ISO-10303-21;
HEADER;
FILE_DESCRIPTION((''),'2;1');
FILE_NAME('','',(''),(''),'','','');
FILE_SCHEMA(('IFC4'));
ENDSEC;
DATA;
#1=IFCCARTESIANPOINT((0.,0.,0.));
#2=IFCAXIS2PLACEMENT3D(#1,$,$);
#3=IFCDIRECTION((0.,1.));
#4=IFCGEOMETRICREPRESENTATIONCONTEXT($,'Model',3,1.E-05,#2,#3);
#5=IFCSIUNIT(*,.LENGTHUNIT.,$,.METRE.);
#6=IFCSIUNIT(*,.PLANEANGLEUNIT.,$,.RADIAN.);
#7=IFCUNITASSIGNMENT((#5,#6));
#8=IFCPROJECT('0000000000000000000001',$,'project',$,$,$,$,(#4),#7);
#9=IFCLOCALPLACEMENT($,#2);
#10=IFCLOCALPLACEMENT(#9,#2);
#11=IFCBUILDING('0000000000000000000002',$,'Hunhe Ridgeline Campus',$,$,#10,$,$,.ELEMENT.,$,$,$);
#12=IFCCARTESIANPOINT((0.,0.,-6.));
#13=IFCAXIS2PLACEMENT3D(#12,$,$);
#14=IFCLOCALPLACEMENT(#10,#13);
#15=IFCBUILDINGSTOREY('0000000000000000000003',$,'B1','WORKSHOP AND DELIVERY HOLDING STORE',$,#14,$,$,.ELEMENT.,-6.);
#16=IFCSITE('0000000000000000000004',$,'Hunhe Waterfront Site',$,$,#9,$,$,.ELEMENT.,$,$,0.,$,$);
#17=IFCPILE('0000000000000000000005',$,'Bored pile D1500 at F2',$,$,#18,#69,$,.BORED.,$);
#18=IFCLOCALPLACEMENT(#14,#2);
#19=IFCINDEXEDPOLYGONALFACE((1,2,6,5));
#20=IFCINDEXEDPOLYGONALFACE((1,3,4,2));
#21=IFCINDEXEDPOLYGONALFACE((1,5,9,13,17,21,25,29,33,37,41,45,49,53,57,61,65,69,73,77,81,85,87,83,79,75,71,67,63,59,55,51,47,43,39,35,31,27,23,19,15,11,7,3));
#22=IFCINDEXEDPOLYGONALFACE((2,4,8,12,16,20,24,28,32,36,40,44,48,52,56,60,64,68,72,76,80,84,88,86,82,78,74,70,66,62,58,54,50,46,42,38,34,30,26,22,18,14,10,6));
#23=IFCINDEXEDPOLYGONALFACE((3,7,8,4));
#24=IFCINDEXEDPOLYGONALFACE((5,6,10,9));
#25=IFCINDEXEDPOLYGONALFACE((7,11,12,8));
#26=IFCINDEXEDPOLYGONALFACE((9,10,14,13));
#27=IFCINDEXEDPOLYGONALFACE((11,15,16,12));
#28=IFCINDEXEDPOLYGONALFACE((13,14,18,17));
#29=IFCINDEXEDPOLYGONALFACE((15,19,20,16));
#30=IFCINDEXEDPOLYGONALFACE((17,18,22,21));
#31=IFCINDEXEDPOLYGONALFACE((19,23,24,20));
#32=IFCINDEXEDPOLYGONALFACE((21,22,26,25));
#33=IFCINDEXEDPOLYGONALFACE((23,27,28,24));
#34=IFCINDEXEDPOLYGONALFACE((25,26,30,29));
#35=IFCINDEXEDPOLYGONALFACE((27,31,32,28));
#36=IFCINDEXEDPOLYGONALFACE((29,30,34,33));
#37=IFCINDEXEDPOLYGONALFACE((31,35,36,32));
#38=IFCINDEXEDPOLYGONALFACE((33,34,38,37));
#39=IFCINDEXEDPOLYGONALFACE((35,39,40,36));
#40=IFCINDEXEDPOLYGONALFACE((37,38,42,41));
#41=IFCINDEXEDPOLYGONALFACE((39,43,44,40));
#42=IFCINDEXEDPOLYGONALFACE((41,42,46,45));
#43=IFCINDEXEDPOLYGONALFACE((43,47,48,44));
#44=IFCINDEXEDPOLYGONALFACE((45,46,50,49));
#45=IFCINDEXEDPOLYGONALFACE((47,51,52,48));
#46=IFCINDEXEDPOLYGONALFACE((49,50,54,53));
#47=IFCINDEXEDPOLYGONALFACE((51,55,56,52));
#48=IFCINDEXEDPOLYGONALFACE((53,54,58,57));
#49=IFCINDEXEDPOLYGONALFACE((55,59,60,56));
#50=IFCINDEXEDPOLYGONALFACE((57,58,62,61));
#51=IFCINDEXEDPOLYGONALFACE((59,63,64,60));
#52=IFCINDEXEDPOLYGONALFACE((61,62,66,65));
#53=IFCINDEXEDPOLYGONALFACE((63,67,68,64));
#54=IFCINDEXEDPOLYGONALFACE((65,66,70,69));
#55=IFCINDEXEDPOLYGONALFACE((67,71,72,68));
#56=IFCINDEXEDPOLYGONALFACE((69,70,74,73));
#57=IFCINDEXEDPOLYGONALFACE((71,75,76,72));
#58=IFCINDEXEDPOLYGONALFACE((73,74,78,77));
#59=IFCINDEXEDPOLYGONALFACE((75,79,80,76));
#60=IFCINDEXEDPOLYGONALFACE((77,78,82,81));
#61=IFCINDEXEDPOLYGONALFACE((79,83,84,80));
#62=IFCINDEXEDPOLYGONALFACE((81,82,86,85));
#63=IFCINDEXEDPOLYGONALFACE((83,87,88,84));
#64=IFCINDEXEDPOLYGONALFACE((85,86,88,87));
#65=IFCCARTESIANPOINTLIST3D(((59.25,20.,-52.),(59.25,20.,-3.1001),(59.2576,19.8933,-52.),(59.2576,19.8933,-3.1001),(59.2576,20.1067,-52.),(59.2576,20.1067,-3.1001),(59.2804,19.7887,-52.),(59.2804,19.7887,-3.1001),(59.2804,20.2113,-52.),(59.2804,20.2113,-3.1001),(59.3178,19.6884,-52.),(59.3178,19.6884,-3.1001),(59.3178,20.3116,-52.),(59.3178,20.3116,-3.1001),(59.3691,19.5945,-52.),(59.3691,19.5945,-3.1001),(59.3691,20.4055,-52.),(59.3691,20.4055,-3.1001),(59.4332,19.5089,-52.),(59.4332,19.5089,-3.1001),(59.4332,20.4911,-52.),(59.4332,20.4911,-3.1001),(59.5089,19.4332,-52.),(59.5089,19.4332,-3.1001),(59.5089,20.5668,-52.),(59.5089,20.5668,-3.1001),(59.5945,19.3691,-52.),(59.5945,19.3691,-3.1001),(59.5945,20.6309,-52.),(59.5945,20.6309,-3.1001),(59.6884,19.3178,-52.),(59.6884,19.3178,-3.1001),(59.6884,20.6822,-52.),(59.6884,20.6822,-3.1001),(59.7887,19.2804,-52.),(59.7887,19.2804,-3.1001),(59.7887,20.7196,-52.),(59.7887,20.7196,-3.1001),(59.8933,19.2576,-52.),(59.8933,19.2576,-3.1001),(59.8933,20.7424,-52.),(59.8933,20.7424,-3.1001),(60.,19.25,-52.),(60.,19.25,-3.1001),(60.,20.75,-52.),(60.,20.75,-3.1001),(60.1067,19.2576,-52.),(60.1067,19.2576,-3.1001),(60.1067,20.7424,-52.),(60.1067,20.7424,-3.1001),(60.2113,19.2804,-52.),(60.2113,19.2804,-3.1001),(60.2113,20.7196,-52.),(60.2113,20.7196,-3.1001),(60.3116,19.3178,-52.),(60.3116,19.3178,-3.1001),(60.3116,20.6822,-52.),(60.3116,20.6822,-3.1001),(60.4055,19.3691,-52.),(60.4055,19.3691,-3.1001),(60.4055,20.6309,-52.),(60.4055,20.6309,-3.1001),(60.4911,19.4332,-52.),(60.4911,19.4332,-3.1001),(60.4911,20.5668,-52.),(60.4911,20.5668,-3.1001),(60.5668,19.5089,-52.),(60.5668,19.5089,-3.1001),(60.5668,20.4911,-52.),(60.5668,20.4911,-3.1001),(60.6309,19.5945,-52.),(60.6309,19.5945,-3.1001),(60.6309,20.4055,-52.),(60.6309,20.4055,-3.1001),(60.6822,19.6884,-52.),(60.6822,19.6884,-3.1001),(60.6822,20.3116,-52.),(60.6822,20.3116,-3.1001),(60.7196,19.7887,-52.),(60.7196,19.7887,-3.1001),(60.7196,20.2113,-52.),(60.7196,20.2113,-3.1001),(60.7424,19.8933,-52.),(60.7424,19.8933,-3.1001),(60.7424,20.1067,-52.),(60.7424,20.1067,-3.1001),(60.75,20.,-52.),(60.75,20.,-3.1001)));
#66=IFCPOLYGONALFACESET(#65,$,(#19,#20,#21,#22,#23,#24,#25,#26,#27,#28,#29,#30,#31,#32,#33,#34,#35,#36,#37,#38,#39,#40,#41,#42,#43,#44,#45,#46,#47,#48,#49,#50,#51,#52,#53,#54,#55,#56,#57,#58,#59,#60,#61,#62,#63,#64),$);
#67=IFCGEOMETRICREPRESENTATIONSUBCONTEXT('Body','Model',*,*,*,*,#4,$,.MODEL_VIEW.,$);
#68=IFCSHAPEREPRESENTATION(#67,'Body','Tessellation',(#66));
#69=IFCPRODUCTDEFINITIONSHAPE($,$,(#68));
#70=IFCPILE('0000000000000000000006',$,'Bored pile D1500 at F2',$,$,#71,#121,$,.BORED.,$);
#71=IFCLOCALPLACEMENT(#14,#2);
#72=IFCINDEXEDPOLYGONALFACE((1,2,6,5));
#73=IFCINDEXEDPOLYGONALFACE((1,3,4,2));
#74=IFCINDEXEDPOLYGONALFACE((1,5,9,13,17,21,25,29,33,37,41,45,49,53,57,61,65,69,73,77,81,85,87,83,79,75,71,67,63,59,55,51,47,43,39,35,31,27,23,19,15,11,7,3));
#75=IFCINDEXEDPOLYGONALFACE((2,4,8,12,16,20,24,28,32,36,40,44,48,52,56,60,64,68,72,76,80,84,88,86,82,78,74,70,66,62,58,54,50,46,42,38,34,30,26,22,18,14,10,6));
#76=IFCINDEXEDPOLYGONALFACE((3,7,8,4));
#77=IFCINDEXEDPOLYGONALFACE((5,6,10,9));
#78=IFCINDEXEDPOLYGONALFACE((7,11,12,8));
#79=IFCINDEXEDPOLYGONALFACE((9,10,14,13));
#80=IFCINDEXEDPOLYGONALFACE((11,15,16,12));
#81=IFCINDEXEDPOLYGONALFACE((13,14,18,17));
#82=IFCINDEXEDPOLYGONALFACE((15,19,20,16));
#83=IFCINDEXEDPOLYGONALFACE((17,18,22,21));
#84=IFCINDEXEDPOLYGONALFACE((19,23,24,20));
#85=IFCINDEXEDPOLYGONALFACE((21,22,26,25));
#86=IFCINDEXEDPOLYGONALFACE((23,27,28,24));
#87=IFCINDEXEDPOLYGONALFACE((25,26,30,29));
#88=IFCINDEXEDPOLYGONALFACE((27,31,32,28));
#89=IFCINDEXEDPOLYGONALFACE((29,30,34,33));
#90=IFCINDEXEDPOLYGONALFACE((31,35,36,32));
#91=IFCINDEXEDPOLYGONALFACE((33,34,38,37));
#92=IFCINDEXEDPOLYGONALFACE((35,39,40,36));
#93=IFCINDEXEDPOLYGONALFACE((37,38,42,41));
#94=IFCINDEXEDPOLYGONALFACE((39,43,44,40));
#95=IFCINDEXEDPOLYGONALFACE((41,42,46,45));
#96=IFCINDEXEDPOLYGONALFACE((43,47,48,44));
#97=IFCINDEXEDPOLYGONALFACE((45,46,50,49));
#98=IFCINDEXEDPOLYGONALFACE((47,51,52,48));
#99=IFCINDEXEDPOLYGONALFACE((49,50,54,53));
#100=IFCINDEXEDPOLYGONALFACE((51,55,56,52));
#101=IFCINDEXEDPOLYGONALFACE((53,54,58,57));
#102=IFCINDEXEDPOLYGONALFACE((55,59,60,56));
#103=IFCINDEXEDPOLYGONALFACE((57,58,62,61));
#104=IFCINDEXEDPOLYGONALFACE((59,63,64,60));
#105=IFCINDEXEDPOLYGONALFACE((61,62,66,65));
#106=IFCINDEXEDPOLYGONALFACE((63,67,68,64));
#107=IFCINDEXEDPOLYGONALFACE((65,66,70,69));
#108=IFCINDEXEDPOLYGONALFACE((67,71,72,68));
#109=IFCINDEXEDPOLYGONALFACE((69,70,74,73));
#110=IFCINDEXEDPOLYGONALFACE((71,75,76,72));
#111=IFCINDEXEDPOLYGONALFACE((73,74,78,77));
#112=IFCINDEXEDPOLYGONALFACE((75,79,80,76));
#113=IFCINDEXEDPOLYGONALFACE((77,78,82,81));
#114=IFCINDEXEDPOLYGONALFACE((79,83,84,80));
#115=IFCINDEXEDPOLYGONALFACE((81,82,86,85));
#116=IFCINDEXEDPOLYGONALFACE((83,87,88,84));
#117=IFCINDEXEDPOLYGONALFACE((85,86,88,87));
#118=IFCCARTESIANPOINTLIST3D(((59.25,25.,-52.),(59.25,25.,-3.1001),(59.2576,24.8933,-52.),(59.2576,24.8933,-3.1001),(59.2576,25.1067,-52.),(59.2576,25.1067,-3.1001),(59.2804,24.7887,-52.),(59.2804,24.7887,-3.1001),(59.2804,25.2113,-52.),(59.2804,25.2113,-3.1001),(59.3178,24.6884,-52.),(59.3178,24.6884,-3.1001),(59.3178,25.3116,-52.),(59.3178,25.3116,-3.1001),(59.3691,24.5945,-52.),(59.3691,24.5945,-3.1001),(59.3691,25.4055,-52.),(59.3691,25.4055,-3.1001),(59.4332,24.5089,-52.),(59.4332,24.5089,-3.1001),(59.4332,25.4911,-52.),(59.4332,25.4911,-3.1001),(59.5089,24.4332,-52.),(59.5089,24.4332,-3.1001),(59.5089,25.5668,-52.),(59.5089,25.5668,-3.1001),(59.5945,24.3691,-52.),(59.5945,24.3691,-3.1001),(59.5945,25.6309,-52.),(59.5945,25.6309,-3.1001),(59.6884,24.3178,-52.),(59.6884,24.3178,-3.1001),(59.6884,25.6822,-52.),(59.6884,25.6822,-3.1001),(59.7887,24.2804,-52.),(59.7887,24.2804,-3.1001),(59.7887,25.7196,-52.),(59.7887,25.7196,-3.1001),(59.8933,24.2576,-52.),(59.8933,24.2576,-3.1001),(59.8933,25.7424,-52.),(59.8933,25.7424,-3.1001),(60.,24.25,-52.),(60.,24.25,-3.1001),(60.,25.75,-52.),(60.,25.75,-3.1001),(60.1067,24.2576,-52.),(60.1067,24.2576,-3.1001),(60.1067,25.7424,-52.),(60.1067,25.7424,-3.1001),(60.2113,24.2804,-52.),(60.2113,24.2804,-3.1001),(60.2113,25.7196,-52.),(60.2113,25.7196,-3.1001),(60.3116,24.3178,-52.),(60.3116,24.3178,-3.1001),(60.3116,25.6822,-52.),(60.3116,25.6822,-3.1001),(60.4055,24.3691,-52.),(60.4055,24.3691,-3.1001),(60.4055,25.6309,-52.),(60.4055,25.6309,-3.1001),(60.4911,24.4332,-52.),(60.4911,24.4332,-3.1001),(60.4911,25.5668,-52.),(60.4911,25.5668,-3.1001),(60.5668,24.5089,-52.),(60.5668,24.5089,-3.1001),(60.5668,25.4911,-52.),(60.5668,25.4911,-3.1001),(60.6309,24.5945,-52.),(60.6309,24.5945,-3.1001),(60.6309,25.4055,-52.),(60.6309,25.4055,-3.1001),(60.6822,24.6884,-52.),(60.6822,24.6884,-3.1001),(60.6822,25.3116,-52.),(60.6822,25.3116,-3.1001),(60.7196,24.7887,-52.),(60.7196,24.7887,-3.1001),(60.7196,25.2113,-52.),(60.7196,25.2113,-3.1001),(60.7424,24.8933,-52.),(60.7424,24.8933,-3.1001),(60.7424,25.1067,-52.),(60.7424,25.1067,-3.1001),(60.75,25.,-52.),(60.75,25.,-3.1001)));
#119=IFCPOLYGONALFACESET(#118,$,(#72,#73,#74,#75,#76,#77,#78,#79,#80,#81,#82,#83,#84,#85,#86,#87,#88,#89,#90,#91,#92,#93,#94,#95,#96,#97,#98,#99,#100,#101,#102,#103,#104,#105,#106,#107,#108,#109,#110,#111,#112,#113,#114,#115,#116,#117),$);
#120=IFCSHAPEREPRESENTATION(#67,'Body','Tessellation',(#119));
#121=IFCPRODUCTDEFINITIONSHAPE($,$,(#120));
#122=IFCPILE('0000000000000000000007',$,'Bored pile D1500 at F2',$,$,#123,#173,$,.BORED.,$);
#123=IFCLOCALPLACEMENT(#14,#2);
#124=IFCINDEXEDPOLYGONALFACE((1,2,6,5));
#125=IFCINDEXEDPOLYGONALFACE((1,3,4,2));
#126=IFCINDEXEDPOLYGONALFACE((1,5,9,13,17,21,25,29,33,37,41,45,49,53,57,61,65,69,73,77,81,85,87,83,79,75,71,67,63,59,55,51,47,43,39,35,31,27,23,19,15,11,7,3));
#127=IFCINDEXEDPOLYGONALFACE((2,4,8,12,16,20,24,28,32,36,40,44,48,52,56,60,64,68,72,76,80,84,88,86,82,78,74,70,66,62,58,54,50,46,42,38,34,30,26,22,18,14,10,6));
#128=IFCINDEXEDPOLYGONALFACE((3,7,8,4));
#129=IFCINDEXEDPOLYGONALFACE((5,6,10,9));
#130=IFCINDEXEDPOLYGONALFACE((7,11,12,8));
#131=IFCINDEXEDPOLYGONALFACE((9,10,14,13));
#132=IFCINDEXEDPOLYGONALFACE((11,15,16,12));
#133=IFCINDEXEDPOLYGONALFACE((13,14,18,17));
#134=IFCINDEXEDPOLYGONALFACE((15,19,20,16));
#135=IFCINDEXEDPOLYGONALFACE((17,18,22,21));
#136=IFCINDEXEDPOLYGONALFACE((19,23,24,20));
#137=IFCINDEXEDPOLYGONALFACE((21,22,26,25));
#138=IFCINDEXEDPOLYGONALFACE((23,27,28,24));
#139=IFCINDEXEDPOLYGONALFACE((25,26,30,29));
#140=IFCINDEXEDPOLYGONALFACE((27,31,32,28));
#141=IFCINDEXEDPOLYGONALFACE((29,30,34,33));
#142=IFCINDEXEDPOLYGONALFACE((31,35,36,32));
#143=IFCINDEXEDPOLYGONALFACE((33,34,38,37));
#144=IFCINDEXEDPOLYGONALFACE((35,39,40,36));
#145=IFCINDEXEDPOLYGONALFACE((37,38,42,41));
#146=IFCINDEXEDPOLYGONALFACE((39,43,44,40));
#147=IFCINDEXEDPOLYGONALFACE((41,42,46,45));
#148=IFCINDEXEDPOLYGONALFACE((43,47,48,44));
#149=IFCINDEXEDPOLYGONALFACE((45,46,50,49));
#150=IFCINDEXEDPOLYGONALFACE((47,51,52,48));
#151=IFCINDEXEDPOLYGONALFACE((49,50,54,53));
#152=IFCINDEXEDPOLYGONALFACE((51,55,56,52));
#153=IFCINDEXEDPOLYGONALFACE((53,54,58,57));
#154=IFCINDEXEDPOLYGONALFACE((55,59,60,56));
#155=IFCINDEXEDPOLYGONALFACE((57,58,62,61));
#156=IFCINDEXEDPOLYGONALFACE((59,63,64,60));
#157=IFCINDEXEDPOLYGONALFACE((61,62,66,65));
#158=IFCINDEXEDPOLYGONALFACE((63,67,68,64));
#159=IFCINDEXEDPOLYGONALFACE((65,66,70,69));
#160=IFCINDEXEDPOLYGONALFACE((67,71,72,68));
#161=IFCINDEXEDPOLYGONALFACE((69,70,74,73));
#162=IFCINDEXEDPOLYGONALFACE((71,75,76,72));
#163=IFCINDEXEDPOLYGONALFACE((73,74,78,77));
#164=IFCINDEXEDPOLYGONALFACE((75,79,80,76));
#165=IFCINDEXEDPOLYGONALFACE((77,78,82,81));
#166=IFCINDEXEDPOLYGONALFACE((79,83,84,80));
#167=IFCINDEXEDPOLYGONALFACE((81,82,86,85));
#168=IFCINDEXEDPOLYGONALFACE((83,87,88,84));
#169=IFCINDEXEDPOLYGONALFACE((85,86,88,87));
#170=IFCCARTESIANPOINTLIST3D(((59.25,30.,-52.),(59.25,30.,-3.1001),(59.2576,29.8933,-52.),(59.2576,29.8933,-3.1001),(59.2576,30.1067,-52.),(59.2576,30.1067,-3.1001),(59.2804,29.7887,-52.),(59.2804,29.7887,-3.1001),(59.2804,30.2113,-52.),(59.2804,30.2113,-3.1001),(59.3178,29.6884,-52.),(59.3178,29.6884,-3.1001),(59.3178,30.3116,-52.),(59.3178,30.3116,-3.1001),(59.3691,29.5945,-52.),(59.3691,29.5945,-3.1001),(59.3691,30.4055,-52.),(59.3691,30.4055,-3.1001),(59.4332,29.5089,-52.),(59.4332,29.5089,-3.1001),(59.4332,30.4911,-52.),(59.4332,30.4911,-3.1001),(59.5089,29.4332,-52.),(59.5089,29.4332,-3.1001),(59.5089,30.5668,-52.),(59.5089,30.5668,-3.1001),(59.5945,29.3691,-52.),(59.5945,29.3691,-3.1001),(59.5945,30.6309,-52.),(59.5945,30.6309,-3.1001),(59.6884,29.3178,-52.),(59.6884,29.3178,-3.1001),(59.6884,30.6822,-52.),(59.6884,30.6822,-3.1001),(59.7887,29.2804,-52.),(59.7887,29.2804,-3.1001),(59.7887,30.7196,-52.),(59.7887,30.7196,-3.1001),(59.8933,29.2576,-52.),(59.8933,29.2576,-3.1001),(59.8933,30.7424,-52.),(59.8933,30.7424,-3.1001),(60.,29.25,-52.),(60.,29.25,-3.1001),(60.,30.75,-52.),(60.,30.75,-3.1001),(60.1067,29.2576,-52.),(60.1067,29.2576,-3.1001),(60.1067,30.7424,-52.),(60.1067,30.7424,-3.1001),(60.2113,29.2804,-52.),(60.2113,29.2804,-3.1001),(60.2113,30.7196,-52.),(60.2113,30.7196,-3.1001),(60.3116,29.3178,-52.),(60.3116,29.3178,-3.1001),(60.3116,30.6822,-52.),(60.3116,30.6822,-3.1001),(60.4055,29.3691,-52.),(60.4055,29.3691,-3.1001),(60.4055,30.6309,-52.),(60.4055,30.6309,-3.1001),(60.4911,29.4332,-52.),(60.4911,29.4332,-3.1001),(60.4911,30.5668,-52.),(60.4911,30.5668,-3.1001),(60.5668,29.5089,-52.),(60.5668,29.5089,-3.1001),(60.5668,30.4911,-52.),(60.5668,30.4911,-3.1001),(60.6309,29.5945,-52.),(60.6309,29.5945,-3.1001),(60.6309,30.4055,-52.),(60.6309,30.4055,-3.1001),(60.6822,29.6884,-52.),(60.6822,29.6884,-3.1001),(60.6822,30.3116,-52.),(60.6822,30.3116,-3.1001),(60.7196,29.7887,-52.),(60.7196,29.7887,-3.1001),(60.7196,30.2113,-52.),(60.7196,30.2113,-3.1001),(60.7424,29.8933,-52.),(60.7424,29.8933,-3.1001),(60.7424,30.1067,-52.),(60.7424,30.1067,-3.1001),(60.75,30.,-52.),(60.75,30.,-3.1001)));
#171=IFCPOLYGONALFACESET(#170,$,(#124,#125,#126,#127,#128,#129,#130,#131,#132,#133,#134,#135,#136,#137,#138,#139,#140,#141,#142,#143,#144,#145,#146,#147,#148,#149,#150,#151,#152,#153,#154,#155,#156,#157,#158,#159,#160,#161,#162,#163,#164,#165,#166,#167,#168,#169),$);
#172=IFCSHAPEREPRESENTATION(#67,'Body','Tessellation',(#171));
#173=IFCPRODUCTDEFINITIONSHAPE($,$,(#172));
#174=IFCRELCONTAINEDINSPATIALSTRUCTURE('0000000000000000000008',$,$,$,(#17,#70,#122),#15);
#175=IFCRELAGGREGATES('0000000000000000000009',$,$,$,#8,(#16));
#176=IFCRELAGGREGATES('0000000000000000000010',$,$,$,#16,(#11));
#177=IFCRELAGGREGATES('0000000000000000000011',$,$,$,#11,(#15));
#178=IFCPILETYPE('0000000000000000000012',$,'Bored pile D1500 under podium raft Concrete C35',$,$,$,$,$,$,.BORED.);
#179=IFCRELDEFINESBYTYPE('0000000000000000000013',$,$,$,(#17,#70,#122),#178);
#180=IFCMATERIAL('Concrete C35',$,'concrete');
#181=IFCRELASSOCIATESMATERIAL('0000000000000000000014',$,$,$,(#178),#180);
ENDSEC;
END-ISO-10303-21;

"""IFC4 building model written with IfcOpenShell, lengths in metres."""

from ifc_helpers import new_model, si_unit, direction, frame, origin, origin_2d, place, context, subcontext, project, spatial, circle, extrude, material, material_profile, profile_set, type_object, element, save


model = new_model("IFC4")

# Units and contexts
model_context = context("Model", 3, precision=1e-05, world=origin(), true_north=direction((0.0, 1.0)))
body_context = subcontext(model_context, "Body", "Model", "MODEL_VIEW")
ifc_project = project(units=[si_unit("LENGTHUNIT", "METRE"), si_unit("PLANEANGLEUNIT", "RADIAN")], contexts=[model_context])

# Site, building, storey
site_placement = place(None, origin())
site = spatial("IfcSite", under=ifc_project, at=site_placement, Name="Hunhe Waterfront Site", CompositionType="ELEMENT", RefElevation=0.0)
building_placement = place(site_placement, origin())
building = spatial("IfcBuilding", under=site, at=building_placement, Name="Hunhe Ridgeline Campus", CompositionType="ELEMENT")
storey_placement = place(building_placement, frame((0.0, 0.0, -6.0)))
storey = spatial("IfcBuildingStorey", under=building, at=storey_placement, Name="B1", Description="WORKSHOP AND DELIVERY HOLDING STORE", CompositionType="ELEMENT", Elevation=-6.0)

# Piles
ifc_material_1 = material(Name="Concrete C35", Category="concrete")
ifc_material_profile_1 = material_profile(ifc_material_1, circle(Radius=0.75, at=origin_2d()))
ifc_profile_set_1 = profile_set([ifc_material_profile_1], Name="Concrete C35")
pile_type = type_object("IfcPileType", Name="Bored pile D1500 under podium raft Concrete C35", PredefinedType="BORED", material=ifc_profile_set_1)
for number, where, z_axis, x_axis, name in (
    (1, (60.0, 20.0, -3.1001), (0.0, 0.0, -1.0), (1.0, 0.0, 0.0), "Bored pile D1500 at F2"),
    (2, (60.0, 25.0, -3.1001), (0.0, 0.0, -1.0), (1.0, 0.0, 0.0), "Bored pile D1500 at F2"),
    (3, (60.0, 30.0, -3.1001), (0.0, 0.0, -1.0), (1.0, 0.0, 0.0), "Bored pile D1500 at F2"),
):
    element("IfcPile", number, at=place(storey_placement, frame(where, z_axis=z_axis, x_axis=x_axis)), inside=storey, type_object=pile_type, Name=name, PredefinedType="BORED", context=body_context, shape_type="SweptSolid", body=[
        extrude(circle(Radius=0.75, at=origin_2d()), origin(), (0.0, 0.0, 1.0), 48.8999),
    ])

save(model, "model.ifc")
